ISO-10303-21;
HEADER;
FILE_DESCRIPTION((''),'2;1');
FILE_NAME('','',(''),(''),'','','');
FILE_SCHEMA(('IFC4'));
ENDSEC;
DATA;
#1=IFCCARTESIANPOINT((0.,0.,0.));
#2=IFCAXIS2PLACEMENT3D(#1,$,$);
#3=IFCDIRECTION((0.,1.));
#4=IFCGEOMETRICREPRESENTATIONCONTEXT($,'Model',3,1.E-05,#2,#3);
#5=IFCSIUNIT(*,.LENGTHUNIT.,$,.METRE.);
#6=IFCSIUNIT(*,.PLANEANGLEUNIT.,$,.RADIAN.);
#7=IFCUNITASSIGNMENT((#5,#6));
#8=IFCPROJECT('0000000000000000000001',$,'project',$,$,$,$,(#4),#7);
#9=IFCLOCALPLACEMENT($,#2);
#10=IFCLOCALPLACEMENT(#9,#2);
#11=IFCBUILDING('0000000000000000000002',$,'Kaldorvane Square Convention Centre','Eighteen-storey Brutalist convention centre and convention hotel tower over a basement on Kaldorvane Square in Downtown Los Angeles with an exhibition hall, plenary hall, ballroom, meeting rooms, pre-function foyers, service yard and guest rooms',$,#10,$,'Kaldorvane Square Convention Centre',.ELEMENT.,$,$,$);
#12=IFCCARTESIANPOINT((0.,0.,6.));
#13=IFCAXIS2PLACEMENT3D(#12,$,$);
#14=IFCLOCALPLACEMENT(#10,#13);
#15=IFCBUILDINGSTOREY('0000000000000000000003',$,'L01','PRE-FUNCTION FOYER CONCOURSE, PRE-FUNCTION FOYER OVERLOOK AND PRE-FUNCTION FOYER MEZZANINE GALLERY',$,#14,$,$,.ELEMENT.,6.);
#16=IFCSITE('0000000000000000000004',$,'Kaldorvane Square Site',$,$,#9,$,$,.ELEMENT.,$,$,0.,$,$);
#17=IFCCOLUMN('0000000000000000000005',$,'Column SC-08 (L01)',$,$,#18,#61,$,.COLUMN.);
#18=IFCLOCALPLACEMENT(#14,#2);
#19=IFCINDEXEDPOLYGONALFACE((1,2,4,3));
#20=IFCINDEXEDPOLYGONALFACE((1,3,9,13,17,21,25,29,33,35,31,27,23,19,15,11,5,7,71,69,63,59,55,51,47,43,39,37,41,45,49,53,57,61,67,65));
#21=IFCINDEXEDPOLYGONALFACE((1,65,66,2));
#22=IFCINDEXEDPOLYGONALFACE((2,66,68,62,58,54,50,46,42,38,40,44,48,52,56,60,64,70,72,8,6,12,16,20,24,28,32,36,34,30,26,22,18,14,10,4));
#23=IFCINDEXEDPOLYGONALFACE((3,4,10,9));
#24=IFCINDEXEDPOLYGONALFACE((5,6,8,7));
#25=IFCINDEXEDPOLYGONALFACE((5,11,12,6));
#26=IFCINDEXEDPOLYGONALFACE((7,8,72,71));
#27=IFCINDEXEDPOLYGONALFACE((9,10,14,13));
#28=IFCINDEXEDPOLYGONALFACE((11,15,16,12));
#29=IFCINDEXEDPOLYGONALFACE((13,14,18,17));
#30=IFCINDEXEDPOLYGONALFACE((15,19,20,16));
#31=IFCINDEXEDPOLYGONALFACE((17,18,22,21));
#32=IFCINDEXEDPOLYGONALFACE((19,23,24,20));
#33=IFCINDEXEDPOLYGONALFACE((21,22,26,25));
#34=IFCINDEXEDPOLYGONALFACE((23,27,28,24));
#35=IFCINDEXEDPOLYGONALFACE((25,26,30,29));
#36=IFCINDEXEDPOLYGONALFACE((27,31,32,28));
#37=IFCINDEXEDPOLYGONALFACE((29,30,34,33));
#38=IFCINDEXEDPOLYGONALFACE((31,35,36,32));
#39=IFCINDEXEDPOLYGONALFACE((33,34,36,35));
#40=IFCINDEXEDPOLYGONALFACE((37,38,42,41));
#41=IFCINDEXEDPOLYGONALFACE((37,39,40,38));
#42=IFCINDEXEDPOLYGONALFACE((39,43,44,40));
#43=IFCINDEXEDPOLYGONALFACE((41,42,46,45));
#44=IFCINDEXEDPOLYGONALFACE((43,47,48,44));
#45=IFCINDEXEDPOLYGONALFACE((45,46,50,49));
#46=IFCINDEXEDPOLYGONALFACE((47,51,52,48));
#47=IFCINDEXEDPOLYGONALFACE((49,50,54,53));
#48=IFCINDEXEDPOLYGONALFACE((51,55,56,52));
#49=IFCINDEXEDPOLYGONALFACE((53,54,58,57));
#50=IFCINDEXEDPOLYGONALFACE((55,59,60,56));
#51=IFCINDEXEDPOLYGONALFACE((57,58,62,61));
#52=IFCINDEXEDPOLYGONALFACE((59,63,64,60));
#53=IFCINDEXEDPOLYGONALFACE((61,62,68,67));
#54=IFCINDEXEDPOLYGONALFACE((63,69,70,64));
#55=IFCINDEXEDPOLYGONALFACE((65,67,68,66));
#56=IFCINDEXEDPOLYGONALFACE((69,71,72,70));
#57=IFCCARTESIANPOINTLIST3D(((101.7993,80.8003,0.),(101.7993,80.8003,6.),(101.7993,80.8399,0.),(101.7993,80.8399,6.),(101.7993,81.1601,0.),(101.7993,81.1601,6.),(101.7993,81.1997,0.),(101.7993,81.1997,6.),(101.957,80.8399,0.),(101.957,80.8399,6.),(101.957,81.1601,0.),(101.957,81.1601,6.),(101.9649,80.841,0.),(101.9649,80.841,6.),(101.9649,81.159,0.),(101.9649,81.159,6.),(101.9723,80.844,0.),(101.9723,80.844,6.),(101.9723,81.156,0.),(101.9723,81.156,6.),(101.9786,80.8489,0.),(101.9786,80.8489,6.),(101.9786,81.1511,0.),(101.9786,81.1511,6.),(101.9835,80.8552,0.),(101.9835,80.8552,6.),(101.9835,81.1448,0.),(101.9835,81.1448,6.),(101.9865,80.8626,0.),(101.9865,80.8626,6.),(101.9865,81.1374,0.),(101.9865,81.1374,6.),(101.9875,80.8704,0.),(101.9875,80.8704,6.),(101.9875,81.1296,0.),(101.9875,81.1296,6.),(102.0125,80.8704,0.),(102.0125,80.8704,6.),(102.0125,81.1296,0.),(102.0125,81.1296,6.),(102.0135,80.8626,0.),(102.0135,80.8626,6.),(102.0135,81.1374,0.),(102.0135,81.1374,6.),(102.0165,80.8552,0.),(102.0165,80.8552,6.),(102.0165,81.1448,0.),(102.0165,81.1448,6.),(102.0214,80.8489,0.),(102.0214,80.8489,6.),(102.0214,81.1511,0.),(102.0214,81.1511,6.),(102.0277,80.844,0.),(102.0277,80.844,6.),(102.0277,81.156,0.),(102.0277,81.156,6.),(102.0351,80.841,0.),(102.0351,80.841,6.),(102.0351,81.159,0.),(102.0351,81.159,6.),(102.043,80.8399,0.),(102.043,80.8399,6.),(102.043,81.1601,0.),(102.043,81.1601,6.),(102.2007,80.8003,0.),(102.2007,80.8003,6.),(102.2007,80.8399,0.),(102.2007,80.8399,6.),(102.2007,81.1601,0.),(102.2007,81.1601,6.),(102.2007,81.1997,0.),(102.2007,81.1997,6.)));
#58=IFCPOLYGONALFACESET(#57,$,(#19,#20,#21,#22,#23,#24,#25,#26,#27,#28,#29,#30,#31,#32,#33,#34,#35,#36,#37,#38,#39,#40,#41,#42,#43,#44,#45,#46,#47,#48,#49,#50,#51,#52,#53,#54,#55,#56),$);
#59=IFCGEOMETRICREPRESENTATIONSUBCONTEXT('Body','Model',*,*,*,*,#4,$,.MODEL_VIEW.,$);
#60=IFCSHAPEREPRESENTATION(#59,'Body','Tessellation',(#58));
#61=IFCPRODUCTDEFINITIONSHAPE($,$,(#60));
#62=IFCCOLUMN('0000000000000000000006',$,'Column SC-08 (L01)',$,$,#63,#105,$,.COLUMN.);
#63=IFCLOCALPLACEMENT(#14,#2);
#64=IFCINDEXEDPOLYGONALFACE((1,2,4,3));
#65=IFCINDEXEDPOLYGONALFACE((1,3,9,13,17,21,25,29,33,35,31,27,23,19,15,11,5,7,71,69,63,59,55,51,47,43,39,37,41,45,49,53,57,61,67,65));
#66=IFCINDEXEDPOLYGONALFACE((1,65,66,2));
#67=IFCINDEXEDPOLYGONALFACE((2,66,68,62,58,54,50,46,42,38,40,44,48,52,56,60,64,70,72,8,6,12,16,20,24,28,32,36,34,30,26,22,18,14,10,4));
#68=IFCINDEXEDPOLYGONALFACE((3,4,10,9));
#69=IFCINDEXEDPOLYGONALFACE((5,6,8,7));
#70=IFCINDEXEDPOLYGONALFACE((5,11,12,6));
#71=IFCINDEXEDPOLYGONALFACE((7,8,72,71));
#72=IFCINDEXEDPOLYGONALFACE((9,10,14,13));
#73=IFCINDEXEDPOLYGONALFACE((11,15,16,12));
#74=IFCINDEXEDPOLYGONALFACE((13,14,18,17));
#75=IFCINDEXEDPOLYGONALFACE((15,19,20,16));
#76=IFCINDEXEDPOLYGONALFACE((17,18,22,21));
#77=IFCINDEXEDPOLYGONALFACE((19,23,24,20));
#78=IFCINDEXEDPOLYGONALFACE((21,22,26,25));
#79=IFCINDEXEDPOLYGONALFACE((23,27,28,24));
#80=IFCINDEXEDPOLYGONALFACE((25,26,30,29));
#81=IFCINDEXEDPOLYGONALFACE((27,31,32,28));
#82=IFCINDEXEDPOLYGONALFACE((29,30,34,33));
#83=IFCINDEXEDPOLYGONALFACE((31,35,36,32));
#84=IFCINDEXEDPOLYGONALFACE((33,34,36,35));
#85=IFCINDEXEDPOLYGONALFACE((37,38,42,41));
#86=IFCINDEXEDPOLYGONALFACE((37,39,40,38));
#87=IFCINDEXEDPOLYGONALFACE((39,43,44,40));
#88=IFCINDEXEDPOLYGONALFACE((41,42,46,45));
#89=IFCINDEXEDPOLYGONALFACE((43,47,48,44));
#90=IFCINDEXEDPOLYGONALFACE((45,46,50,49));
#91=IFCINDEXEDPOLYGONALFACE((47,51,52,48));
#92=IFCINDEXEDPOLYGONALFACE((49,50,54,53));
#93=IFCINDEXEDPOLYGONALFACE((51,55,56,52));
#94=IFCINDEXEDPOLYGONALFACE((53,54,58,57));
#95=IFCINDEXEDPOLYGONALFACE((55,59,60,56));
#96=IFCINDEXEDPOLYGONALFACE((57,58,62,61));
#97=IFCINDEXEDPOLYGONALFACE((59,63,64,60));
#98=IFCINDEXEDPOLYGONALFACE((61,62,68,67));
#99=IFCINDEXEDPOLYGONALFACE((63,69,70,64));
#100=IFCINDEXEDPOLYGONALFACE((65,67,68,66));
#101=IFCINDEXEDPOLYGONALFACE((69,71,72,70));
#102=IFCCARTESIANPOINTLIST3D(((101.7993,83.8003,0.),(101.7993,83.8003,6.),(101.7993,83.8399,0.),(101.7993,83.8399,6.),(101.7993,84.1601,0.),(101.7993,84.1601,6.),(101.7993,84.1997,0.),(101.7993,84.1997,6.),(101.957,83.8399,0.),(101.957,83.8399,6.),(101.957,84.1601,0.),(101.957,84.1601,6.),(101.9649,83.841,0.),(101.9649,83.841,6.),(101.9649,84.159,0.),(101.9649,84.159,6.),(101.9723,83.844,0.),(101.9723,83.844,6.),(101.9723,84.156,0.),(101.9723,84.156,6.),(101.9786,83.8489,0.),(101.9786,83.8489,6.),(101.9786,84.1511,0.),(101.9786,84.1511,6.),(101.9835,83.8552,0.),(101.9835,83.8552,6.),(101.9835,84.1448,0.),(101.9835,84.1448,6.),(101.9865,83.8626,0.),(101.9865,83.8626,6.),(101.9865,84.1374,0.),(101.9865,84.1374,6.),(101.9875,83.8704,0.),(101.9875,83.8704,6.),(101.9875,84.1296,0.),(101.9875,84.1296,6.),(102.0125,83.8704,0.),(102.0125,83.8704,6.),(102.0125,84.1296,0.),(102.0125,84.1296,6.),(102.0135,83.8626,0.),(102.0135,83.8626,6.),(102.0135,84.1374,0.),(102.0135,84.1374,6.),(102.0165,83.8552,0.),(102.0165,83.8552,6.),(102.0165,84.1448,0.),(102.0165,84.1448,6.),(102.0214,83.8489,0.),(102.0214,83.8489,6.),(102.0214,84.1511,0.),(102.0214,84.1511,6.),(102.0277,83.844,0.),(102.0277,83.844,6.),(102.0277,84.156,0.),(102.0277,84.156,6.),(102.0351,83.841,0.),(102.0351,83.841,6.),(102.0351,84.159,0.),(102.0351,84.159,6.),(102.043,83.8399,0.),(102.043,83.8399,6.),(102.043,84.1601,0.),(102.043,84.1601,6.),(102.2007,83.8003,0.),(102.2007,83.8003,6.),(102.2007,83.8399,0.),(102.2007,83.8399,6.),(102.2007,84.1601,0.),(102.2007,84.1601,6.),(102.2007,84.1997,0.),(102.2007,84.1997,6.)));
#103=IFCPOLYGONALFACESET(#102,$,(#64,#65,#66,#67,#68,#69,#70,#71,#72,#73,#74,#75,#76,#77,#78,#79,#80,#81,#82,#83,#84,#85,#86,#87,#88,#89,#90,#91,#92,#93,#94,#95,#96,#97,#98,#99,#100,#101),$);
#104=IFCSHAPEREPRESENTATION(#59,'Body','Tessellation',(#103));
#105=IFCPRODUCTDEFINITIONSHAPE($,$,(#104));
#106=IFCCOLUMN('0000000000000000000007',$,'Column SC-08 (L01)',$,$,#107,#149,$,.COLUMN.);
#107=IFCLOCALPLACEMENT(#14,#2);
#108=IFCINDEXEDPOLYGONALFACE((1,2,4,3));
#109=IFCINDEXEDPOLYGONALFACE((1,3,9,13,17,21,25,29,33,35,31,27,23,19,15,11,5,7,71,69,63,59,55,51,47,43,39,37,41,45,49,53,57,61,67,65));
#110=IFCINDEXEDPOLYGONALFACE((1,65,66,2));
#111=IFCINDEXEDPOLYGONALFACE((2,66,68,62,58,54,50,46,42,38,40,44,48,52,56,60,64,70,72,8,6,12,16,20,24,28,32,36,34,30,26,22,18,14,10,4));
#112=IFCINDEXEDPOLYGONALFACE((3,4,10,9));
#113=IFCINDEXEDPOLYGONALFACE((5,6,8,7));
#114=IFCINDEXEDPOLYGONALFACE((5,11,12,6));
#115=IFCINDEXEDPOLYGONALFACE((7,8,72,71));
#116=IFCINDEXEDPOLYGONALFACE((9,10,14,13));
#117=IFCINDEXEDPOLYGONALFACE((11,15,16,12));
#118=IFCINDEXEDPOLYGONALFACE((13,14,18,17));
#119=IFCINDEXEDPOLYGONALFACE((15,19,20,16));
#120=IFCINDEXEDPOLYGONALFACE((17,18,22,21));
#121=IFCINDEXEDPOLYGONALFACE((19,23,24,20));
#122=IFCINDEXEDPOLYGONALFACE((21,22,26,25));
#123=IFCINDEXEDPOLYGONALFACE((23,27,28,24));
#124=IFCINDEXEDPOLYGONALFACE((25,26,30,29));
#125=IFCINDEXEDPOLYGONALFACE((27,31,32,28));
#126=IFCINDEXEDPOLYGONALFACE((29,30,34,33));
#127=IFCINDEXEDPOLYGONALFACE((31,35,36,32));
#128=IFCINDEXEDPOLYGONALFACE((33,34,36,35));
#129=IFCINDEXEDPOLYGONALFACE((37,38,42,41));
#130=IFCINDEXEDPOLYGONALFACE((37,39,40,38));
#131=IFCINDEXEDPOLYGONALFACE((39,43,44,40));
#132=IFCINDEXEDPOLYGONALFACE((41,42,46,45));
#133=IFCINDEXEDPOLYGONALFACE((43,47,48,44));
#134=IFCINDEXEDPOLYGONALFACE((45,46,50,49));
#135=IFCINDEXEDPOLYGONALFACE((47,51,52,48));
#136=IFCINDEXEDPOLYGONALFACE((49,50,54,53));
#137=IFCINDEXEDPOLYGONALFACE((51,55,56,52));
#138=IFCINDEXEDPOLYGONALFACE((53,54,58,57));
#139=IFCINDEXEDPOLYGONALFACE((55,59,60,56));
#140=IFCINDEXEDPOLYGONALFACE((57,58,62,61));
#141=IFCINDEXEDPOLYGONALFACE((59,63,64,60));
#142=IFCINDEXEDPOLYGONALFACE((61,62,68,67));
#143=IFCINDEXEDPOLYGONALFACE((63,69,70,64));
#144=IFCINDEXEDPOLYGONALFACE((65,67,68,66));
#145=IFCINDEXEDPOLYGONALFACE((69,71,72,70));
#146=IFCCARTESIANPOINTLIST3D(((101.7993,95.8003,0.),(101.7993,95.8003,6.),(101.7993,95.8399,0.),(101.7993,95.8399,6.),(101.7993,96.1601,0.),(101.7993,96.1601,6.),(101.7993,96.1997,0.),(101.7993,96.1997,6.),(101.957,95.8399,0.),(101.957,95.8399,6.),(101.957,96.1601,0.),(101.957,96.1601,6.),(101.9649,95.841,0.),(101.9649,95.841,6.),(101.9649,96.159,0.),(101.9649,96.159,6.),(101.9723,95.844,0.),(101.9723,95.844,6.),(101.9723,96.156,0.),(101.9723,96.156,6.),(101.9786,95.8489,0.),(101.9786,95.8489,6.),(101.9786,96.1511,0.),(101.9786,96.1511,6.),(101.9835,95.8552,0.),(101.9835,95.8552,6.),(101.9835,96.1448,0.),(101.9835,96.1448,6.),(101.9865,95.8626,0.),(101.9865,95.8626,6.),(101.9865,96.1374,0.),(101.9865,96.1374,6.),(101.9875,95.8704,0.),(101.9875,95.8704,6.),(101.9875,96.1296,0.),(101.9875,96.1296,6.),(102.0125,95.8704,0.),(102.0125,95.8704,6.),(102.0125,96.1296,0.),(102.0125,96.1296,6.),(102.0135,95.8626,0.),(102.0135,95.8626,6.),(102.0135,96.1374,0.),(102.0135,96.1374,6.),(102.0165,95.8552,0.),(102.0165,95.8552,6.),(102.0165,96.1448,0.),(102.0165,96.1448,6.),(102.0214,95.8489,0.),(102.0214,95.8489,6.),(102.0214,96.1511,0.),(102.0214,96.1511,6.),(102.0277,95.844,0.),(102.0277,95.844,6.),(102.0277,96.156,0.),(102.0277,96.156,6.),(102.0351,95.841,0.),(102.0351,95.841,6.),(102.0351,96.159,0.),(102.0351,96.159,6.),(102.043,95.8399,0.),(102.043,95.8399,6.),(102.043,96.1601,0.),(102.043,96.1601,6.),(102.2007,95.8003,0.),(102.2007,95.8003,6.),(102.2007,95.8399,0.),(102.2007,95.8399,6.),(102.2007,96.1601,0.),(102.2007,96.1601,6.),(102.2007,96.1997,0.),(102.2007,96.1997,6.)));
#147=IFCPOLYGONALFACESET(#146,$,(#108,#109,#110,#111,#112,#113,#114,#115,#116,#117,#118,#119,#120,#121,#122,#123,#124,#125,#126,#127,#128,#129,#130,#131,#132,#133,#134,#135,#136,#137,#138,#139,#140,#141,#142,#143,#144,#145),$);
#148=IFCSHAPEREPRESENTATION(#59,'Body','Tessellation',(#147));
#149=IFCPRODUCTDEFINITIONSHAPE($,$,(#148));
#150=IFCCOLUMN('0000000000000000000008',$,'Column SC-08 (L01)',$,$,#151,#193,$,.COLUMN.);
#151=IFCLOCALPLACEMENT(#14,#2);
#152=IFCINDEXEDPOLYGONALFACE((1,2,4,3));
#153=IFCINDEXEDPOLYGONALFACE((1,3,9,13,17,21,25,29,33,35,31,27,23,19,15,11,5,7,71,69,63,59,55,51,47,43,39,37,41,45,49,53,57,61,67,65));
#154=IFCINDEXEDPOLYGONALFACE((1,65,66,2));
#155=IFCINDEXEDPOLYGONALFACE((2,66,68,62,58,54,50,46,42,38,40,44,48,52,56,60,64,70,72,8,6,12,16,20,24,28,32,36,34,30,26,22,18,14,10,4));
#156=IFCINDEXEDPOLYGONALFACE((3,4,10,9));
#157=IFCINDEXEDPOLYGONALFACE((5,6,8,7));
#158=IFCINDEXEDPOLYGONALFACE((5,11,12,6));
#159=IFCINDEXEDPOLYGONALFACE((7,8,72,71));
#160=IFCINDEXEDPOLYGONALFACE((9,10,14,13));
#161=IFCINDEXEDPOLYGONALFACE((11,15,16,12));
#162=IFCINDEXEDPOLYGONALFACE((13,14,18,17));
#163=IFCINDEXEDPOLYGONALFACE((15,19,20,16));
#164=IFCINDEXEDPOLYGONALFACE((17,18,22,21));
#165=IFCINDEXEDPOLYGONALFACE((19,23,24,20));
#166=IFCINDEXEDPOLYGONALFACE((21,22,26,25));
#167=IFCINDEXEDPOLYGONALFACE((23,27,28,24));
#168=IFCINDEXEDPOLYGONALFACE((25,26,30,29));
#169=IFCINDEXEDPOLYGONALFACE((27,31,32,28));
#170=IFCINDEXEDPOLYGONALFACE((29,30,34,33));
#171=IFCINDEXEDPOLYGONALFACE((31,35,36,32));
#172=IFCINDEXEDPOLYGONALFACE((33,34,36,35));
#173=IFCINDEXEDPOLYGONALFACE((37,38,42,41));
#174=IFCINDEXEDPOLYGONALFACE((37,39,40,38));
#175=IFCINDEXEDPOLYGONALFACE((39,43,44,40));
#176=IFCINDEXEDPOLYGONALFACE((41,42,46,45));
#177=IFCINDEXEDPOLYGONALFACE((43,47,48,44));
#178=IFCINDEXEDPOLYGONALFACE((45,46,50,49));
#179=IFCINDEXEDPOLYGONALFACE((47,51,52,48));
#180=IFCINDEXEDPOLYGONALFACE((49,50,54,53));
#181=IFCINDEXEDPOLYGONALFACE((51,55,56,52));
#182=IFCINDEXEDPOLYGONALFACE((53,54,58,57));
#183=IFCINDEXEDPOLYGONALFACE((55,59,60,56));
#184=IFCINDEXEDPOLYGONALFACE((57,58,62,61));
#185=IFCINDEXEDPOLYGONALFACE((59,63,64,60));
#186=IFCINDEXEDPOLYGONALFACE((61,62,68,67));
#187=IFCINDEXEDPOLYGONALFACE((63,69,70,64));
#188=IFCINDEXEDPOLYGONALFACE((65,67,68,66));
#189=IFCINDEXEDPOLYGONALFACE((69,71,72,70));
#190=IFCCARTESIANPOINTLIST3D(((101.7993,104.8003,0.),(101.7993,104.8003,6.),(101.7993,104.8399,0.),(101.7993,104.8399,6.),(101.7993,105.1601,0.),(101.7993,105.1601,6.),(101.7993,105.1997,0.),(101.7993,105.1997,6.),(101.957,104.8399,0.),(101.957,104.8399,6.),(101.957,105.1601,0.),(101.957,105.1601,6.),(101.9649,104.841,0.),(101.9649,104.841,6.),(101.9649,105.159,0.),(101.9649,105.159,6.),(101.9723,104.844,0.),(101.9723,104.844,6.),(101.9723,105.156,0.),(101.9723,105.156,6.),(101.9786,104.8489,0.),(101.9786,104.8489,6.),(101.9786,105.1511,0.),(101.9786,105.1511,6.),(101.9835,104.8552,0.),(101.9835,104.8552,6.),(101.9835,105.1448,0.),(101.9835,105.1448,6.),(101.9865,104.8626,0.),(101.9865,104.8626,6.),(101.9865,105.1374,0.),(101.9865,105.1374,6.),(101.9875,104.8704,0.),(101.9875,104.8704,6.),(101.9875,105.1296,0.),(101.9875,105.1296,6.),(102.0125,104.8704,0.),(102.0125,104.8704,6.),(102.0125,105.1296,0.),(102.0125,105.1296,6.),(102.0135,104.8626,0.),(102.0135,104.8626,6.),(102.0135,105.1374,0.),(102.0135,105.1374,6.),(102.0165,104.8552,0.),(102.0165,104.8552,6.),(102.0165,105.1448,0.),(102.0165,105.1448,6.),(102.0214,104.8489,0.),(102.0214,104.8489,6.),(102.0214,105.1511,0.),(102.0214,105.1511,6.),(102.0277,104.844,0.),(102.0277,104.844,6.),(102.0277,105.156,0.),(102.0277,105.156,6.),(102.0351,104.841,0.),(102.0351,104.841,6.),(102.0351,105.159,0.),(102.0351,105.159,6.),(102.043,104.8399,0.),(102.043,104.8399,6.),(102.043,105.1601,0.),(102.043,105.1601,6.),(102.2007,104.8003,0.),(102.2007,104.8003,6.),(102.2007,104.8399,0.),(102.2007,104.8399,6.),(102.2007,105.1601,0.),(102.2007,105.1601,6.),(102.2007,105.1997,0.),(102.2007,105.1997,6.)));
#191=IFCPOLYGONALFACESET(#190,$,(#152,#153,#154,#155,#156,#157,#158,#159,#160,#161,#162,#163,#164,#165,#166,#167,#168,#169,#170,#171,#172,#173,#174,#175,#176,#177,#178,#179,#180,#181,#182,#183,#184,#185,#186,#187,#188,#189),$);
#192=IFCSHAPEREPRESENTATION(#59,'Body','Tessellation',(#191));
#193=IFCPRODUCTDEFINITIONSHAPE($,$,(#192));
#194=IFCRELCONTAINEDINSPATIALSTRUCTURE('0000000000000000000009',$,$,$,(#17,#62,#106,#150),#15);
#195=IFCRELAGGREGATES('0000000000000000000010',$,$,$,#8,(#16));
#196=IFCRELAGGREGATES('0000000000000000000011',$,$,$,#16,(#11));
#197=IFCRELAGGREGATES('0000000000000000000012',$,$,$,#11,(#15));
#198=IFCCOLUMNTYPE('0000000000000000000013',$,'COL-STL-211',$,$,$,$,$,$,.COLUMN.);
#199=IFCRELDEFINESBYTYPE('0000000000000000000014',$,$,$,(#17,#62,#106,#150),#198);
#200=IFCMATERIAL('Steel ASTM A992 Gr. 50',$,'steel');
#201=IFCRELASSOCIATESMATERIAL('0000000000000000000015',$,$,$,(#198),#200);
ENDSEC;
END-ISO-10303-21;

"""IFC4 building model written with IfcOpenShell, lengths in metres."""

from ifc_helpers import new_model, si_unit, direction, frame, origin, origin_2d, place, context, subcontext, project, spatial, i_section, extrude, material, material_profile, profile_set, type_object, element, save


model = new_model("IFC4")

# Units and contexts
model_context = context("Model", 3, precision=1e-05, world=origin(), true_north=direction((0.0, 1.0)))
body_context = subcontext(model_context, "Body", "Model", "MODEL_VIEW")
ifc_project = project(units=[si_unit("LENGTHUNIT", "METRE"), si_unit("PLANEANGLEUNIT", "RADIAN")], contexts=[model_context])

# Site, building, storey
site_placement = place(None, origin())
site = spatial("IfcSite", under=ifc_project, at=site_placement, Name="Kaldorvane Square Site", CompositionType="ELEMENT", RefElevation=0.0)
building_placement = place(site_placement, origin())
building = spatial("IfcBuilding", under=site, at=building_placement, Name="Kaldorvane Square Convention Centre", Description="Eighteen-storey Brutalist convention centre and convention hotel tower over a basement on Kaldorvane Square in Downtown Los Angeles with an exhibition hall, plenary hall, ballroom, meeting rooms, pre-function foyers, service yard and guest rooms", LongName="Kaldorvane Square Convention Centre", CompositionType="ELEMENT")
storey_placement = place(building_placement, frame((0.0, 0.0, 6.0)))
storey = spatial("IfcBuildingStorey", under=building, at=storey_placement, Name="L01", Description="PRE-FUNCTION FOYER CONCOURSE, PRE-FUNCTION FOYER OVERLOOK AND PRE-FUNCTION FOYER MEZZANINE GALLERY", CompositionType="ELEMENT", Elevation=6.0)

# Columns
ifc_material_1 = material(Name="Steel ASTM A992 Gr. 50", Category="steel")
ifc_material_profile_1 = material_profile(ifc_material_1, i_section(OverallWidth=0.4013, OverallDepth=0.3993, WebThickness=0.0249, FlangeThickness=0.0396, FilletRadius=0.0305, at=origin_2d()), Name="W14X211")
ifc_profile_set_1 = profile_set([ifc_material_profile_1], Name="Steel ASTM A992 Gr. 50")
column_type = type_object("IfcColumnType", Name="COL-STL-211", PredefinedType="COLUMN", material=ifc_profile_set_1)
for number, where, z_axis, x_axis, name in (
    (1, (102.0, 81.0, 0.0), (0.0, 0.0, 1.0), (1.0, 0.0, 0.0), "Column SC-08 (L01)"),
    (2, (102.0, 84.0, 0.0), (0.0, 0.0, 1.0), (1.0, 0.0, 0.0), "Column SC-08 (L01)"),
    (3, (102.0, 96.0, 0.0), (0.0, 0.0, 1.0), (1.0, 0.0, 0.0), "Column SC-08 (L01)"),
    (4, (102.0, 105.0, 0.0), (0.0, 0.0, 1.0), (1.0, 0.0, 0.0), "Column SC-08 (L01)"),
):
    element("IfcColumn", number, at=place(storey_placement, frame(where, z_axis=z_axis, x_axis=x_axis)), inside=storey, type_object=column_type, Name=name, PredefinedType="COLUMN", context=body_context, shape_type="SweptSolid", body=[
        extrude(i_section(OverallWidth=0.4013, OverallDepth=0.3993, WebThickness=0.0249, FlangeThickness=0.0396, FilletRadius=0.0305, at=origin_2d()), origin(), (0.0, 0.0, 1.0), 6.0),
    ])

save(model, "model.ifc")
